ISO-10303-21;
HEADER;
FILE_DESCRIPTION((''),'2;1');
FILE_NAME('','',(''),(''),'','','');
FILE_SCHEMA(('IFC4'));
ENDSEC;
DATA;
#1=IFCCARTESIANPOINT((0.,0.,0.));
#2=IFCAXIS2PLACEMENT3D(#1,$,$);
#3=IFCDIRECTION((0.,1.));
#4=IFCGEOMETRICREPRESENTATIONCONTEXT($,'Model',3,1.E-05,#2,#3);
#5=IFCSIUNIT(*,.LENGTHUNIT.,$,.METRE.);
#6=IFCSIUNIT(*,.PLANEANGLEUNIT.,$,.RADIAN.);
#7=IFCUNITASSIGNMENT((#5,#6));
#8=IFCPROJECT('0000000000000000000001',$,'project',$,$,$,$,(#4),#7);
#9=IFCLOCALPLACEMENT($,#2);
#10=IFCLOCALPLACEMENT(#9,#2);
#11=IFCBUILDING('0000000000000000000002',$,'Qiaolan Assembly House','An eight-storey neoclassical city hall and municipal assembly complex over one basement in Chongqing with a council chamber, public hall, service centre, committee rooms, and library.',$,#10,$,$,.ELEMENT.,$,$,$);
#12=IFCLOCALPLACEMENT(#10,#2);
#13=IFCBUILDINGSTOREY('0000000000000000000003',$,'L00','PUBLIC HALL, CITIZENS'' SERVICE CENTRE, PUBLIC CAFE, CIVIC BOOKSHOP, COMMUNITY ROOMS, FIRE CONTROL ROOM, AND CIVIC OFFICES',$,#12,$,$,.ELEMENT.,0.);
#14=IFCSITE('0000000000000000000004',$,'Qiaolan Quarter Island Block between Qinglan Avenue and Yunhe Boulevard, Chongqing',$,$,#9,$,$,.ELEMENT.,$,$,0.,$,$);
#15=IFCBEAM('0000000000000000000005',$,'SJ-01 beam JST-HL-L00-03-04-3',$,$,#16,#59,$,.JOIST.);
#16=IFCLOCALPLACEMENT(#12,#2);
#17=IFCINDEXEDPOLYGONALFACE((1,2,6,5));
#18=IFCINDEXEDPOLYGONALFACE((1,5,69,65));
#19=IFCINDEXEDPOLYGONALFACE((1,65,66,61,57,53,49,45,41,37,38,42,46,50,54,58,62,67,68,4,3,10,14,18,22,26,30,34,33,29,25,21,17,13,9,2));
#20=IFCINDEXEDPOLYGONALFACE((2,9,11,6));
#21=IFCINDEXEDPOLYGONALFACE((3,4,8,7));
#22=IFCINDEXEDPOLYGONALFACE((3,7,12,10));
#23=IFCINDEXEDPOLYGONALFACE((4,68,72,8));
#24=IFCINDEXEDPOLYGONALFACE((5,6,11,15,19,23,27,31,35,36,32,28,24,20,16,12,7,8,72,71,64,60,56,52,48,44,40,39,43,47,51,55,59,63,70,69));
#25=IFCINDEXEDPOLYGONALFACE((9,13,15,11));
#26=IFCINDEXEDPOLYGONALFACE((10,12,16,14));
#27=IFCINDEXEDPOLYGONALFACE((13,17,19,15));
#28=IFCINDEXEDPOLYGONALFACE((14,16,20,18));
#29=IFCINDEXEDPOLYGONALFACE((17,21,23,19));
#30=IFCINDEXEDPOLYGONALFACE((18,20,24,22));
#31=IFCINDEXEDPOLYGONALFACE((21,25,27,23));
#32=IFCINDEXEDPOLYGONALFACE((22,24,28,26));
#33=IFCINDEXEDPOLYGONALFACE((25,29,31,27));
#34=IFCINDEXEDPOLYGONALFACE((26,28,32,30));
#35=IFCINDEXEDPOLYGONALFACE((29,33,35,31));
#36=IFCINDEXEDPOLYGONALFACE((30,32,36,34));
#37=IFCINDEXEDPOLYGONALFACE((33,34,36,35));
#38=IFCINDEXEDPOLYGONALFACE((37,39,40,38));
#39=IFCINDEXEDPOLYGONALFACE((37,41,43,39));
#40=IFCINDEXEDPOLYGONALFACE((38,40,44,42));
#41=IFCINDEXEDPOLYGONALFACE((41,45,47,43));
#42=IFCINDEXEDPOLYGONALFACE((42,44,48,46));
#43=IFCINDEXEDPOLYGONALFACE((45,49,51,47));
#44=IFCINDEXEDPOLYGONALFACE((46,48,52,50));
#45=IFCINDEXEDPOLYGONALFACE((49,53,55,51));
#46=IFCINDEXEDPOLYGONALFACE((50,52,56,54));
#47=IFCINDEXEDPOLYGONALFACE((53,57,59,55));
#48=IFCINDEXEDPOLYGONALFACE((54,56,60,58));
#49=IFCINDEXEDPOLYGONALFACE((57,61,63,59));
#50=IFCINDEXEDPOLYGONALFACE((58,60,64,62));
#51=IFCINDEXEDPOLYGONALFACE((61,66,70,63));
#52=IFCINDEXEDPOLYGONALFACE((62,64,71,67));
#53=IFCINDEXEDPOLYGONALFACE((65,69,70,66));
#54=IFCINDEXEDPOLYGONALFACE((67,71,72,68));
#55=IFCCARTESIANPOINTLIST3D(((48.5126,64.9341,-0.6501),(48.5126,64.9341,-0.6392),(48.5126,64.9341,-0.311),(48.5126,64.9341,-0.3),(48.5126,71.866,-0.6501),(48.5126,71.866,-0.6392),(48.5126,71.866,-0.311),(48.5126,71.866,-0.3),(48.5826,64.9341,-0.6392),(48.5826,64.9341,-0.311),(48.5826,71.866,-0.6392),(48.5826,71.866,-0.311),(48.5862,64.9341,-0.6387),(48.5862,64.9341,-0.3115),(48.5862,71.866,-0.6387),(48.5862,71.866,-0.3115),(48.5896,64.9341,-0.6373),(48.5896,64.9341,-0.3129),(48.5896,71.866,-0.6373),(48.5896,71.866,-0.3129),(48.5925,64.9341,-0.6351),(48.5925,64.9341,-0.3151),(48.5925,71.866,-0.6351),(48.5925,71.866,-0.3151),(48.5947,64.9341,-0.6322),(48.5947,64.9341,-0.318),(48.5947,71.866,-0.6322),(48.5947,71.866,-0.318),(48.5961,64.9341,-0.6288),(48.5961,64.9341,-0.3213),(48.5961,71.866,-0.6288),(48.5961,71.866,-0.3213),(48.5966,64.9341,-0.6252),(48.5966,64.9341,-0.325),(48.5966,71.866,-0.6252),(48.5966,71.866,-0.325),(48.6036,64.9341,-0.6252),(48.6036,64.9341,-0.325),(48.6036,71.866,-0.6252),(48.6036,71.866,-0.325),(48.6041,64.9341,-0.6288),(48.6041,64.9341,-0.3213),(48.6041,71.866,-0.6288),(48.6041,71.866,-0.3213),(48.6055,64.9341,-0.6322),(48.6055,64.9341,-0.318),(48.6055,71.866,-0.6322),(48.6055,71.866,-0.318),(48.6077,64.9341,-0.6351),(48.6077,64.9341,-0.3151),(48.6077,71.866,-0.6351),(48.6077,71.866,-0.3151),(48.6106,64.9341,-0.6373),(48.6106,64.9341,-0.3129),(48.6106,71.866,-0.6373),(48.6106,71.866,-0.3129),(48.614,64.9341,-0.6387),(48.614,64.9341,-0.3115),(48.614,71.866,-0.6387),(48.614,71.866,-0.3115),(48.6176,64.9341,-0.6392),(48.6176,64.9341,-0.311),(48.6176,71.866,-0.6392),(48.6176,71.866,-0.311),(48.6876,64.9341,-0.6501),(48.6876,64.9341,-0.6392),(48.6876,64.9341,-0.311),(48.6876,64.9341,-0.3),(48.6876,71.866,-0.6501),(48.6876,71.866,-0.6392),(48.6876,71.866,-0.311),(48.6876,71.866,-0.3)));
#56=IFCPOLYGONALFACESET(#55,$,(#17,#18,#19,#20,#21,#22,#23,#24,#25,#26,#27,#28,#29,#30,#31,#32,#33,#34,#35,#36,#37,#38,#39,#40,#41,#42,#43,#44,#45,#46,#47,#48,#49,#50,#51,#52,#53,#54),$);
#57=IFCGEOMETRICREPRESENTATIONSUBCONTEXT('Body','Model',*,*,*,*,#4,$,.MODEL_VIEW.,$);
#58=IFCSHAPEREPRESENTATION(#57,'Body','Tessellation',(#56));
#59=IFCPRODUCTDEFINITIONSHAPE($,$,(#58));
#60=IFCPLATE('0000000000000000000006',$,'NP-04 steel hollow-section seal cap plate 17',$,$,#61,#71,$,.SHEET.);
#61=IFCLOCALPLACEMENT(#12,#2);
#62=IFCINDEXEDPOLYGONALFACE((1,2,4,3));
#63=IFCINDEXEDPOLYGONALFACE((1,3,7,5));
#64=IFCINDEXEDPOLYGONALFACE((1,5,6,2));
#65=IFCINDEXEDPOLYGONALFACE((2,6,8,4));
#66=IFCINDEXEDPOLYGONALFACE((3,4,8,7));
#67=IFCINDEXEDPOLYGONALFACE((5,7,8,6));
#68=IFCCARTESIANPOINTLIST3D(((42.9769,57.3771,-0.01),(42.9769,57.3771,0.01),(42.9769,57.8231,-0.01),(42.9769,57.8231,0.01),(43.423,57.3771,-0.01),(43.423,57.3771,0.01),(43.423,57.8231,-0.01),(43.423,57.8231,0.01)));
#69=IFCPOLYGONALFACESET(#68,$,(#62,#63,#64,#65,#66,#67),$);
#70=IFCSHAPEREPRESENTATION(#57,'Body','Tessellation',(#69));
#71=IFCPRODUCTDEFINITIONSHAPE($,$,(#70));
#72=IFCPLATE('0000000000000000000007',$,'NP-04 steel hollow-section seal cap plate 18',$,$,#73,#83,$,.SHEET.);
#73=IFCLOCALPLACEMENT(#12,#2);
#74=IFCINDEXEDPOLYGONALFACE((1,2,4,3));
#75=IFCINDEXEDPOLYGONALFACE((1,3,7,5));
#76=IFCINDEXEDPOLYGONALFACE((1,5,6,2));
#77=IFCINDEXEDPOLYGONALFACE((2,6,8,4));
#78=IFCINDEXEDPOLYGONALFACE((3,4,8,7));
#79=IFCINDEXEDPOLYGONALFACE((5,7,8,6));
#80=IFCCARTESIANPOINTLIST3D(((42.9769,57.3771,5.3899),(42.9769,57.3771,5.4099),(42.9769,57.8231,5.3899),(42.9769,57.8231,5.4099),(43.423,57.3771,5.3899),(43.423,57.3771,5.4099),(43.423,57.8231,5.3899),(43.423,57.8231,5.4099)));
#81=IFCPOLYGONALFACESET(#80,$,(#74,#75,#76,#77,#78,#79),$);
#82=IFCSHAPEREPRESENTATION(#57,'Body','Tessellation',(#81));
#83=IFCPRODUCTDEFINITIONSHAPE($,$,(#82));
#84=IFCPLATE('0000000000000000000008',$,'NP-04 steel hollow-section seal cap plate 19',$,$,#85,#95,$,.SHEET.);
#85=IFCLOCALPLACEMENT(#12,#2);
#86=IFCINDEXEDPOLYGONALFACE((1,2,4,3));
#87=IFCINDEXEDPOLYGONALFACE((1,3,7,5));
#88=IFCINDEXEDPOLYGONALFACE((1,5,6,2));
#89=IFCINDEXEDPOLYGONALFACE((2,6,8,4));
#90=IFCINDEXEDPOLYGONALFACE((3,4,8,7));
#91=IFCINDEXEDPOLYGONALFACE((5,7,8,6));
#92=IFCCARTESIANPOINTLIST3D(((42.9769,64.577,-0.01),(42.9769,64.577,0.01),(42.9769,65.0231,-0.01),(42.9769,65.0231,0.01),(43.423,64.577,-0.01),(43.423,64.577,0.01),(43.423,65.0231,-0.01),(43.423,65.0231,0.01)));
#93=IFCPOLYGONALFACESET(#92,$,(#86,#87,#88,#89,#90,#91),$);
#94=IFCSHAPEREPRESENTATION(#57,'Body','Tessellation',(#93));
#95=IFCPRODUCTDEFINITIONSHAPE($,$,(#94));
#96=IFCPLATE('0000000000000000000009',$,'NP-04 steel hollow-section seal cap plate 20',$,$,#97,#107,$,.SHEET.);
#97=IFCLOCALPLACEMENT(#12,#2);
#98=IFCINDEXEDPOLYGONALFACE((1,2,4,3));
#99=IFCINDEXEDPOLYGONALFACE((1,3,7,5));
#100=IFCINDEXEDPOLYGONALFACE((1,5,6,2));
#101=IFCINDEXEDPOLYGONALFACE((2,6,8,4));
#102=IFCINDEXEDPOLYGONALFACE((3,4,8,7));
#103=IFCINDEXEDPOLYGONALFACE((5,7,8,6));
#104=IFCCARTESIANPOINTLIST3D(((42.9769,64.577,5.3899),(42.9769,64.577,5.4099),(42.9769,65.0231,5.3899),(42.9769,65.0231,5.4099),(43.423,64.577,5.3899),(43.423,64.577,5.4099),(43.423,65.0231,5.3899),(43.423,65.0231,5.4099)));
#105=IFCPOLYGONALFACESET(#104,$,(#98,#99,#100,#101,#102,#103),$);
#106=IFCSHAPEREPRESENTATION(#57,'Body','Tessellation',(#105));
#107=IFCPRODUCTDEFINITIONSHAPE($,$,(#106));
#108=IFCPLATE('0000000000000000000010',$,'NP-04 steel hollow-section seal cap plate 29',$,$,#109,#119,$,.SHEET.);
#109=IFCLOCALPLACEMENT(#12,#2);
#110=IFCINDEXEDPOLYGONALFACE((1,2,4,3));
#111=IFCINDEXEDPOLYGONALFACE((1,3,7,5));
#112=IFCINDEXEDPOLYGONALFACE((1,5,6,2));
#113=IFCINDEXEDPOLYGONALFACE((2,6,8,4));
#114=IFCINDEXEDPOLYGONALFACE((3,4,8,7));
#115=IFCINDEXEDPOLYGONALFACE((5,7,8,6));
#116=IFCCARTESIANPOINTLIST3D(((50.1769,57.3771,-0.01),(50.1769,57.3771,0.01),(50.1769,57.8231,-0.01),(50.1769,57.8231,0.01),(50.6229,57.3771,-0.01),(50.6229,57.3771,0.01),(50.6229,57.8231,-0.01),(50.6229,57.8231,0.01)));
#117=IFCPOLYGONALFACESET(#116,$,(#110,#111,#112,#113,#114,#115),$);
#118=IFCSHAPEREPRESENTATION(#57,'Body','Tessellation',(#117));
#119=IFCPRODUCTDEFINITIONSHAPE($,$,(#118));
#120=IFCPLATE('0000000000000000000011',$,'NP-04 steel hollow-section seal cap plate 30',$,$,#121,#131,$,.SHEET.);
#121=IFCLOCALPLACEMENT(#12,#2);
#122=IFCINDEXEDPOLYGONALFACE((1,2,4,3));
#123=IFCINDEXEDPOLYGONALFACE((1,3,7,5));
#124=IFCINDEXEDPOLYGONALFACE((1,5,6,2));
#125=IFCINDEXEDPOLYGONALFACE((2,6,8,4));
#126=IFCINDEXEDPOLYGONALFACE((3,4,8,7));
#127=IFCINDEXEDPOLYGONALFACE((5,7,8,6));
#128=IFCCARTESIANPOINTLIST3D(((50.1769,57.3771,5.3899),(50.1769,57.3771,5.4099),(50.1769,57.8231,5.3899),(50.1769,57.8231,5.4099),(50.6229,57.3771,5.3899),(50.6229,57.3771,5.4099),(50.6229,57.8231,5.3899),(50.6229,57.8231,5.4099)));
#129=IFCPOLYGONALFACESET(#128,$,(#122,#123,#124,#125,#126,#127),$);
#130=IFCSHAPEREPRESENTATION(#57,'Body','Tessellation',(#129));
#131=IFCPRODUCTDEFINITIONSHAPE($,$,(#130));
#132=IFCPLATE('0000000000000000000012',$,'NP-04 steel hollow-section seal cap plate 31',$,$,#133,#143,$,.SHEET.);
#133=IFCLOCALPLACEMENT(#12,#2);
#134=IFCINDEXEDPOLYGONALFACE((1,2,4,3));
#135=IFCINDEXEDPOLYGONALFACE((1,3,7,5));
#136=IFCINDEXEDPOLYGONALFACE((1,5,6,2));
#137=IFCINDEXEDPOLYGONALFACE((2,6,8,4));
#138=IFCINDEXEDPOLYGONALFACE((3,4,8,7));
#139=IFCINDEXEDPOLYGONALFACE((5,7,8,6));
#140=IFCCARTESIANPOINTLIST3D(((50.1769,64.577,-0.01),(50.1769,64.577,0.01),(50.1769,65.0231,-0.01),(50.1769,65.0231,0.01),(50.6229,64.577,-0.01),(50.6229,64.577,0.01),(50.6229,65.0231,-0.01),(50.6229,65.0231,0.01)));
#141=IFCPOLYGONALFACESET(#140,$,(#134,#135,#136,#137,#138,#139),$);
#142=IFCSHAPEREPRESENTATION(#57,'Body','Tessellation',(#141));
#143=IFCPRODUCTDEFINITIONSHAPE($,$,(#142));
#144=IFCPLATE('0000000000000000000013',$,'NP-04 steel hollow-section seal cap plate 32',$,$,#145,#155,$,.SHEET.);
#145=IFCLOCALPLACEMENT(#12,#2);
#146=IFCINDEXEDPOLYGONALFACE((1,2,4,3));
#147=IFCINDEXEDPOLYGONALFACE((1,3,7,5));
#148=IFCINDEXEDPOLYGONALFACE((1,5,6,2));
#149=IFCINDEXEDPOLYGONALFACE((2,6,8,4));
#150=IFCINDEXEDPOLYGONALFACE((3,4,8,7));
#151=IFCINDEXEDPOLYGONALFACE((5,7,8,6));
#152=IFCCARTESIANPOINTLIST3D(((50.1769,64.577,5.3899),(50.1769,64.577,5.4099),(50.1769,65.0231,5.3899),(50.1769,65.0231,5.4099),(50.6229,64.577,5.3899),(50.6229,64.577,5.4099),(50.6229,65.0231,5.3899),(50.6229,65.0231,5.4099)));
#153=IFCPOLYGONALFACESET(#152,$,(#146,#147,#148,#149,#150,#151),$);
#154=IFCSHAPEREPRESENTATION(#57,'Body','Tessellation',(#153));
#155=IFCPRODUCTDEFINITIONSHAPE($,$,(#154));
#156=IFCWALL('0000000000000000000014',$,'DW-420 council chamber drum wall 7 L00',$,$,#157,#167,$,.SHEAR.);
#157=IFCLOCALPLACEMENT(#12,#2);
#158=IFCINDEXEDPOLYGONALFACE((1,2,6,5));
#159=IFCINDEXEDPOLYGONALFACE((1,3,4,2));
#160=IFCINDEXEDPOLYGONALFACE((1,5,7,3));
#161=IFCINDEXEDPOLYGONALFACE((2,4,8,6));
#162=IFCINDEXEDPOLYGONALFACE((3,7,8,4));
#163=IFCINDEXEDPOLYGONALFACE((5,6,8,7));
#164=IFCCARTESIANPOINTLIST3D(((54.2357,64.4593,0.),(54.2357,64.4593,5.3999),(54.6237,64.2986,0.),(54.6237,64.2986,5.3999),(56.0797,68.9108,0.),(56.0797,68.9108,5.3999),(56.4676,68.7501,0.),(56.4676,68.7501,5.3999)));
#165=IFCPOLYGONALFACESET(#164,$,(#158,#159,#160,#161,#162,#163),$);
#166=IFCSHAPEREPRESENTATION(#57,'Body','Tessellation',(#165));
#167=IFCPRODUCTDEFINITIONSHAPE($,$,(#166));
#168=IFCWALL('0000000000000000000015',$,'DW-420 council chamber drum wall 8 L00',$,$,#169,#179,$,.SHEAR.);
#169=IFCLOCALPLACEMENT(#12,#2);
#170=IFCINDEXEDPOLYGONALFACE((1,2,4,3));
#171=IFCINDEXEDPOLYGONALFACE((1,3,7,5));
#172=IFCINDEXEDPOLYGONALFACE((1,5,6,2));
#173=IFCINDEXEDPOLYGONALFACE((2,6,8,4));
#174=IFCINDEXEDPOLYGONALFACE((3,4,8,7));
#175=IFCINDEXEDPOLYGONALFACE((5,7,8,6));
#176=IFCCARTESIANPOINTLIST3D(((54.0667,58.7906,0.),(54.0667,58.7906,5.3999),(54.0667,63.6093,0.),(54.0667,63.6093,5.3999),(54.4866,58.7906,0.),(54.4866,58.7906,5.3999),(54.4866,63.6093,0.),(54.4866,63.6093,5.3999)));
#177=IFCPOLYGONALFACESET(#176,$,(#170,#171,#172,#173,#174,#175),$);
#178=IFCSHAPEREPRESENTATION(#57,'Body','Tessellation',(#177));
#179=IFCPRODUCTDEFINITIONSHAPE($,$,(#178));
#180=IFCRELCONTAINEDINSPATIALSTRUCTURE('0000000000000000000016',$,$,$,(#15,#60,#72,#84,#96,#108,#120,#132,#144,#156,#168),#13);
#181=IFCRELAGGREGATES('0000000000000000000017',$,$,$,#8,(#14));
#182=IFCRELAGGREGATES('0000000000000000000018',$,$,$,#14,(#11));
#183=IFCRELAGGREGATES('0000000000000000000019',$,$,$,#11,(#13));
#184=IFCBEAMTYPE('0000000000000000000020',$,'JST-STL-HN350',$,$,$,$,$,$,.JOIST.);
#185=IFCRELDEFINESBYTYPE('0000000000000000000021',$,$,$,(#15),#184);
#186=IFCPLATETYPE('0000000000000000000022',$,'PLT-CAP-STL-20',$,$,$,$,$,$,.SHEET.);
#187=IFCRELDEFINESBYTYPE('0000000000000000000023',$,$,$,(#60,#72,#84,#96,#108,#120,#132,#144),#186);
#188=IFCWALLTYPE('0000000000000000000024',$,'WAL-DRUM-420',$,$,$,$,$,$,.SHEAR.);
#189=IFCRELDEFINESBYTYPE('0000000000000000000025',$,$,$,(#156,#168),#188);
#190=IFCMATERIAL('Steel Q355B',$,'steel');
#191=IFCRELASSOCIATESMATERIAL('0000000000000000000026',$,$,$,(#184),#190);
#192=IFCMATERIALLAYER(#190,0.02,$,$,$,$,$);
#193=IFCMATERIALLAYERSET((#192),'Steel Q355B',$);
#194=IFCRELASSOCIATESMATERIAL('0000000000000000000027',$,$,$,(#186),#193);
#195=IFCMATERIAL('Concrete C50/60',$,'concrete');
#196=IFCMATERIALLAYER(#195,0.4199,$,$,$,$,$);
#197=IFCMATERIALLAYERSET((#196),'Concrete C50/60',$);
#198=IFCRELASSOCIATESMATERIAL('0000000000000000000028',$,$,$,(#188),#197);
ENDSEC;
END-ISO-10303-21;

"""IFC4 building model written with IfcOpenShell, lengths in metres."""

from ifc_helpers import new_model, si_unit, direction, frame, frame_2d, origin, origin_2d, place, context, subcontext, project, spatial, rectangle, i_section, extrude, material, layer, layer_set, material_profile, profile_set, type_object, element, save


model = new_model("IFC4")

# Units and contexts
model_context = context("Model", 3, precision=1e-05, world=origin(), true_north=direction((0.0, 1.0)))
body_context = subcontext(model_context, "Body", "Model", "MODEL_VIEW")
ifc_project = project(units=[si_unit("LENGTHUNIT", "METRE"), si_unit("PLANEANGLEUNIT", "RADIAN")], contexts=[model_context])

# Site, building, storey
site_placement = place(None, origin())
site = spatial("IfcSite", under=ifc_project, at=site_placement, Name="Qiaolan Quarter Island Block between Qinglan Avenue and Yunhe Boulevard, Chongqing", CompositionType="ELEMENT", RefElevation=0.0)
building_placement = place(site_placement, origin())
building = spatial("IfcBuilding", under=site, at=building_placement, Name="Qiaolan Assembly House", Description="An eight-storey neoclassical city hall and municipal assembly complex over one basement in Chongqing with a council chamber, public hall, service centre, committee rooms, and library.", CompositionType="ELEMENT")
storey_placement = place(building_placement, origin())
storey = spatial("IfcBuildingStorey", under=building, at=storey_placement, Name="L00", Description="PUBLIC HALL, CITIZENS' SERVICE CENTRE, PUBLIC CAFE, CIVIC BOOKSHOP, COMMUNITY ROOMS, FIRE CONTROL ROOM, AND CIVIC OFFICES", CompositionType="ELEMENT", Elevation=0.0)

# Shared definitions
ifc_material_1 = material(Name="Concrete C50/60", Category="concrete")
ifc_material_2 = material(Name="Steel Q355B", Category="steel")

# Beam
ifc_material_profile_1 = material_profile(ifc_material_2, i_section(OverallWidth=0.175, OverallDepth=0.3501, WebThickness=0.0071, FlangeThickness=0.011, FilletRadius=0.0139, at=origin_2d()), Name="HN 350x175x7x11")
ifc_profile_set_1 = profile_set([ifc_material_profile_1], Name="Steel Q355B")
beam_type_1 = type_object("IfcBeamType", Name="JST-STL-HN350", PredefinedType="JOIST", material=ifc_profile_set_1)
for number, where, z_axis, x_axis, name in (
    (1, (48.6001, 64.9341, -0.4751), (0.0, 1.0, 0.0), (-1.0, 0.0, 0.0), "SJ-01 beam JST-HL-L00-03-04-3"),
):
    element("IfcBeam", number, at=place(storey_placement, frame(where, z_axis=z_axis, x_axis=x_axis)), inside=storey, type_object=beam_type_1, Name=name, PredefinedType="JOIST", context=body_context, shape_type="SweptSolid", body=[
        extrude(i_section(OverallWidth=0.175, OverallDepth=0.3501, WebThickness=0.0071, FlangeThickness=0.011, FilletRadius=0.0139, at=origin_2d()), origin(), (0.0, 0.0, 1.0), 6.9319),
    ])

# Plates
ifc_layer_1 = layer(ifc_material_2, 0.02)
ifc_layer_set_1 = layer_set([ifc_layer_1], Name="Steel Q355B")
plate_type = type_object("IfcPlateType", Name="PLT-CAP-STL-20", PredefinedType="SHEET", material=ifc_layer_set_1)
for number, where, z_axis, x_axis, name in (
    (2, (43.2, 57.6001, -0.01), (0.0, 0.0, 1.0), (1.0, 0.0, 0.0), "NP-04 steel hollow-section seal cap plate 17"),
    (3, (43.2, 57.6001, 5.3899), (0.0, 0.0, 1.0), (1.0, 0.0, 0.0), "NP-04 steel hollow-section seal cap plate 18"),
    (4, (43.2, 64.8, -0.01), (0.0, 0.0, 1.0), (1.0, 0.0, 0.0), "NP-04 steel hollow-section seal cap plate 19"),
    (5, (43.2, 64.8, 5.3899), (0.0, 0.0, 1.0), (1.0, 0.0, 0.0), "NP-04 steel hollow-section seal cap plate 20"),
    (6, (50.3999, 57.6001, -0.01), (0.0, 0.0, 1.0), (1.0, 0.0, 0.0), "NP-04 steel hollow-section seal cap plate 29"),
    (7, (50.3999, 57.6001, 5.3899), (0.0, 0.0, 1.0), (1.0, 0.0, 0.0), "NP-04 steel hollow-section seal cap plate 30"),
    (8, (50.3999, 64.8, -0.01), (0.0, 0.0, 1.0), (1.0, 0.0, 0.0), "NP-04 steel hollow-section seal cap plate 31"),
    (9, (50.3999, 64.8, 5.3899), (0.0, 0.0, 1.0), (1.0, 0.0, 0.0), "NP-04 steel hollow-section seal cap plate 32"),
):
    element("IfcPlate", number, at=place(storey_placement, frame(where, z_axis=z_axis, x_axis=x_axis)), inside=storey, type_object=plate_type, Name=name, PredefinedType="SHEET", context=body_context, shape_type="SweptSolid", body=[
        extrude(rectangle(XDim=0.446, YDim=0.446, at=origin_2d()), origin(), (0.0, 0.0, 1.0), 0.02),
    ])

# Walls
ifc_layer_2 = layer(ifc_material_1, 0.4199)
ifc_layer_set_2 = layer_set([ifc_layer_2], Name="Concrete C50/60")
wall_type = type_object("IfcWallType", Name="WAL-DRUM-420", PredefinedType="SHEAR", material=ifc_layer_set_2)
wall_1_placement = place(storey_placement, frame((54.4297, 64.3789, 0.0), z_axis=(0.0, 0.0, 1.0), x_axis=(0.382693, 0.923875, 0.0)))
element("IfcWall", 10, at=wall_1_placement, inside=storey, type_object=wall_type, Name="DW-420 council chamber drum wall 7 L00", PredefinedType="SHEAR", context=body_context, shape_type="SweptSolid", body=[
    extrude(rectangle(XDim=4.8184, YDim=0.4199, at=frame_2d((2.4092, 0.0))), origin(), (0.0, 0.0, 1.0), 5.3999),
])
wall_2_placement = place(storey_placement, frame((54.2766, 58.7908, 0.0), z_axis=(0.0, 0.0, 1.0), x_axis=(0.0, 1.0, 0.0)))
element("IfcWall", 11, at=wall_2_placement, inside=storey, type_object=wall_type, Name="DW-420 council chamber drum wall 8 L00", PredefinedType="SHEAR", context=body_context, shape_type="SweptSolid", body=[
    extrude(rectangle(XDim=4.8186, YDim=0.4199, at=frame_2d((2.4092, 0.0))), origin(), (0.0, 0.0, 1.0), 5.3999),
])

save(model, "model.ifc")
